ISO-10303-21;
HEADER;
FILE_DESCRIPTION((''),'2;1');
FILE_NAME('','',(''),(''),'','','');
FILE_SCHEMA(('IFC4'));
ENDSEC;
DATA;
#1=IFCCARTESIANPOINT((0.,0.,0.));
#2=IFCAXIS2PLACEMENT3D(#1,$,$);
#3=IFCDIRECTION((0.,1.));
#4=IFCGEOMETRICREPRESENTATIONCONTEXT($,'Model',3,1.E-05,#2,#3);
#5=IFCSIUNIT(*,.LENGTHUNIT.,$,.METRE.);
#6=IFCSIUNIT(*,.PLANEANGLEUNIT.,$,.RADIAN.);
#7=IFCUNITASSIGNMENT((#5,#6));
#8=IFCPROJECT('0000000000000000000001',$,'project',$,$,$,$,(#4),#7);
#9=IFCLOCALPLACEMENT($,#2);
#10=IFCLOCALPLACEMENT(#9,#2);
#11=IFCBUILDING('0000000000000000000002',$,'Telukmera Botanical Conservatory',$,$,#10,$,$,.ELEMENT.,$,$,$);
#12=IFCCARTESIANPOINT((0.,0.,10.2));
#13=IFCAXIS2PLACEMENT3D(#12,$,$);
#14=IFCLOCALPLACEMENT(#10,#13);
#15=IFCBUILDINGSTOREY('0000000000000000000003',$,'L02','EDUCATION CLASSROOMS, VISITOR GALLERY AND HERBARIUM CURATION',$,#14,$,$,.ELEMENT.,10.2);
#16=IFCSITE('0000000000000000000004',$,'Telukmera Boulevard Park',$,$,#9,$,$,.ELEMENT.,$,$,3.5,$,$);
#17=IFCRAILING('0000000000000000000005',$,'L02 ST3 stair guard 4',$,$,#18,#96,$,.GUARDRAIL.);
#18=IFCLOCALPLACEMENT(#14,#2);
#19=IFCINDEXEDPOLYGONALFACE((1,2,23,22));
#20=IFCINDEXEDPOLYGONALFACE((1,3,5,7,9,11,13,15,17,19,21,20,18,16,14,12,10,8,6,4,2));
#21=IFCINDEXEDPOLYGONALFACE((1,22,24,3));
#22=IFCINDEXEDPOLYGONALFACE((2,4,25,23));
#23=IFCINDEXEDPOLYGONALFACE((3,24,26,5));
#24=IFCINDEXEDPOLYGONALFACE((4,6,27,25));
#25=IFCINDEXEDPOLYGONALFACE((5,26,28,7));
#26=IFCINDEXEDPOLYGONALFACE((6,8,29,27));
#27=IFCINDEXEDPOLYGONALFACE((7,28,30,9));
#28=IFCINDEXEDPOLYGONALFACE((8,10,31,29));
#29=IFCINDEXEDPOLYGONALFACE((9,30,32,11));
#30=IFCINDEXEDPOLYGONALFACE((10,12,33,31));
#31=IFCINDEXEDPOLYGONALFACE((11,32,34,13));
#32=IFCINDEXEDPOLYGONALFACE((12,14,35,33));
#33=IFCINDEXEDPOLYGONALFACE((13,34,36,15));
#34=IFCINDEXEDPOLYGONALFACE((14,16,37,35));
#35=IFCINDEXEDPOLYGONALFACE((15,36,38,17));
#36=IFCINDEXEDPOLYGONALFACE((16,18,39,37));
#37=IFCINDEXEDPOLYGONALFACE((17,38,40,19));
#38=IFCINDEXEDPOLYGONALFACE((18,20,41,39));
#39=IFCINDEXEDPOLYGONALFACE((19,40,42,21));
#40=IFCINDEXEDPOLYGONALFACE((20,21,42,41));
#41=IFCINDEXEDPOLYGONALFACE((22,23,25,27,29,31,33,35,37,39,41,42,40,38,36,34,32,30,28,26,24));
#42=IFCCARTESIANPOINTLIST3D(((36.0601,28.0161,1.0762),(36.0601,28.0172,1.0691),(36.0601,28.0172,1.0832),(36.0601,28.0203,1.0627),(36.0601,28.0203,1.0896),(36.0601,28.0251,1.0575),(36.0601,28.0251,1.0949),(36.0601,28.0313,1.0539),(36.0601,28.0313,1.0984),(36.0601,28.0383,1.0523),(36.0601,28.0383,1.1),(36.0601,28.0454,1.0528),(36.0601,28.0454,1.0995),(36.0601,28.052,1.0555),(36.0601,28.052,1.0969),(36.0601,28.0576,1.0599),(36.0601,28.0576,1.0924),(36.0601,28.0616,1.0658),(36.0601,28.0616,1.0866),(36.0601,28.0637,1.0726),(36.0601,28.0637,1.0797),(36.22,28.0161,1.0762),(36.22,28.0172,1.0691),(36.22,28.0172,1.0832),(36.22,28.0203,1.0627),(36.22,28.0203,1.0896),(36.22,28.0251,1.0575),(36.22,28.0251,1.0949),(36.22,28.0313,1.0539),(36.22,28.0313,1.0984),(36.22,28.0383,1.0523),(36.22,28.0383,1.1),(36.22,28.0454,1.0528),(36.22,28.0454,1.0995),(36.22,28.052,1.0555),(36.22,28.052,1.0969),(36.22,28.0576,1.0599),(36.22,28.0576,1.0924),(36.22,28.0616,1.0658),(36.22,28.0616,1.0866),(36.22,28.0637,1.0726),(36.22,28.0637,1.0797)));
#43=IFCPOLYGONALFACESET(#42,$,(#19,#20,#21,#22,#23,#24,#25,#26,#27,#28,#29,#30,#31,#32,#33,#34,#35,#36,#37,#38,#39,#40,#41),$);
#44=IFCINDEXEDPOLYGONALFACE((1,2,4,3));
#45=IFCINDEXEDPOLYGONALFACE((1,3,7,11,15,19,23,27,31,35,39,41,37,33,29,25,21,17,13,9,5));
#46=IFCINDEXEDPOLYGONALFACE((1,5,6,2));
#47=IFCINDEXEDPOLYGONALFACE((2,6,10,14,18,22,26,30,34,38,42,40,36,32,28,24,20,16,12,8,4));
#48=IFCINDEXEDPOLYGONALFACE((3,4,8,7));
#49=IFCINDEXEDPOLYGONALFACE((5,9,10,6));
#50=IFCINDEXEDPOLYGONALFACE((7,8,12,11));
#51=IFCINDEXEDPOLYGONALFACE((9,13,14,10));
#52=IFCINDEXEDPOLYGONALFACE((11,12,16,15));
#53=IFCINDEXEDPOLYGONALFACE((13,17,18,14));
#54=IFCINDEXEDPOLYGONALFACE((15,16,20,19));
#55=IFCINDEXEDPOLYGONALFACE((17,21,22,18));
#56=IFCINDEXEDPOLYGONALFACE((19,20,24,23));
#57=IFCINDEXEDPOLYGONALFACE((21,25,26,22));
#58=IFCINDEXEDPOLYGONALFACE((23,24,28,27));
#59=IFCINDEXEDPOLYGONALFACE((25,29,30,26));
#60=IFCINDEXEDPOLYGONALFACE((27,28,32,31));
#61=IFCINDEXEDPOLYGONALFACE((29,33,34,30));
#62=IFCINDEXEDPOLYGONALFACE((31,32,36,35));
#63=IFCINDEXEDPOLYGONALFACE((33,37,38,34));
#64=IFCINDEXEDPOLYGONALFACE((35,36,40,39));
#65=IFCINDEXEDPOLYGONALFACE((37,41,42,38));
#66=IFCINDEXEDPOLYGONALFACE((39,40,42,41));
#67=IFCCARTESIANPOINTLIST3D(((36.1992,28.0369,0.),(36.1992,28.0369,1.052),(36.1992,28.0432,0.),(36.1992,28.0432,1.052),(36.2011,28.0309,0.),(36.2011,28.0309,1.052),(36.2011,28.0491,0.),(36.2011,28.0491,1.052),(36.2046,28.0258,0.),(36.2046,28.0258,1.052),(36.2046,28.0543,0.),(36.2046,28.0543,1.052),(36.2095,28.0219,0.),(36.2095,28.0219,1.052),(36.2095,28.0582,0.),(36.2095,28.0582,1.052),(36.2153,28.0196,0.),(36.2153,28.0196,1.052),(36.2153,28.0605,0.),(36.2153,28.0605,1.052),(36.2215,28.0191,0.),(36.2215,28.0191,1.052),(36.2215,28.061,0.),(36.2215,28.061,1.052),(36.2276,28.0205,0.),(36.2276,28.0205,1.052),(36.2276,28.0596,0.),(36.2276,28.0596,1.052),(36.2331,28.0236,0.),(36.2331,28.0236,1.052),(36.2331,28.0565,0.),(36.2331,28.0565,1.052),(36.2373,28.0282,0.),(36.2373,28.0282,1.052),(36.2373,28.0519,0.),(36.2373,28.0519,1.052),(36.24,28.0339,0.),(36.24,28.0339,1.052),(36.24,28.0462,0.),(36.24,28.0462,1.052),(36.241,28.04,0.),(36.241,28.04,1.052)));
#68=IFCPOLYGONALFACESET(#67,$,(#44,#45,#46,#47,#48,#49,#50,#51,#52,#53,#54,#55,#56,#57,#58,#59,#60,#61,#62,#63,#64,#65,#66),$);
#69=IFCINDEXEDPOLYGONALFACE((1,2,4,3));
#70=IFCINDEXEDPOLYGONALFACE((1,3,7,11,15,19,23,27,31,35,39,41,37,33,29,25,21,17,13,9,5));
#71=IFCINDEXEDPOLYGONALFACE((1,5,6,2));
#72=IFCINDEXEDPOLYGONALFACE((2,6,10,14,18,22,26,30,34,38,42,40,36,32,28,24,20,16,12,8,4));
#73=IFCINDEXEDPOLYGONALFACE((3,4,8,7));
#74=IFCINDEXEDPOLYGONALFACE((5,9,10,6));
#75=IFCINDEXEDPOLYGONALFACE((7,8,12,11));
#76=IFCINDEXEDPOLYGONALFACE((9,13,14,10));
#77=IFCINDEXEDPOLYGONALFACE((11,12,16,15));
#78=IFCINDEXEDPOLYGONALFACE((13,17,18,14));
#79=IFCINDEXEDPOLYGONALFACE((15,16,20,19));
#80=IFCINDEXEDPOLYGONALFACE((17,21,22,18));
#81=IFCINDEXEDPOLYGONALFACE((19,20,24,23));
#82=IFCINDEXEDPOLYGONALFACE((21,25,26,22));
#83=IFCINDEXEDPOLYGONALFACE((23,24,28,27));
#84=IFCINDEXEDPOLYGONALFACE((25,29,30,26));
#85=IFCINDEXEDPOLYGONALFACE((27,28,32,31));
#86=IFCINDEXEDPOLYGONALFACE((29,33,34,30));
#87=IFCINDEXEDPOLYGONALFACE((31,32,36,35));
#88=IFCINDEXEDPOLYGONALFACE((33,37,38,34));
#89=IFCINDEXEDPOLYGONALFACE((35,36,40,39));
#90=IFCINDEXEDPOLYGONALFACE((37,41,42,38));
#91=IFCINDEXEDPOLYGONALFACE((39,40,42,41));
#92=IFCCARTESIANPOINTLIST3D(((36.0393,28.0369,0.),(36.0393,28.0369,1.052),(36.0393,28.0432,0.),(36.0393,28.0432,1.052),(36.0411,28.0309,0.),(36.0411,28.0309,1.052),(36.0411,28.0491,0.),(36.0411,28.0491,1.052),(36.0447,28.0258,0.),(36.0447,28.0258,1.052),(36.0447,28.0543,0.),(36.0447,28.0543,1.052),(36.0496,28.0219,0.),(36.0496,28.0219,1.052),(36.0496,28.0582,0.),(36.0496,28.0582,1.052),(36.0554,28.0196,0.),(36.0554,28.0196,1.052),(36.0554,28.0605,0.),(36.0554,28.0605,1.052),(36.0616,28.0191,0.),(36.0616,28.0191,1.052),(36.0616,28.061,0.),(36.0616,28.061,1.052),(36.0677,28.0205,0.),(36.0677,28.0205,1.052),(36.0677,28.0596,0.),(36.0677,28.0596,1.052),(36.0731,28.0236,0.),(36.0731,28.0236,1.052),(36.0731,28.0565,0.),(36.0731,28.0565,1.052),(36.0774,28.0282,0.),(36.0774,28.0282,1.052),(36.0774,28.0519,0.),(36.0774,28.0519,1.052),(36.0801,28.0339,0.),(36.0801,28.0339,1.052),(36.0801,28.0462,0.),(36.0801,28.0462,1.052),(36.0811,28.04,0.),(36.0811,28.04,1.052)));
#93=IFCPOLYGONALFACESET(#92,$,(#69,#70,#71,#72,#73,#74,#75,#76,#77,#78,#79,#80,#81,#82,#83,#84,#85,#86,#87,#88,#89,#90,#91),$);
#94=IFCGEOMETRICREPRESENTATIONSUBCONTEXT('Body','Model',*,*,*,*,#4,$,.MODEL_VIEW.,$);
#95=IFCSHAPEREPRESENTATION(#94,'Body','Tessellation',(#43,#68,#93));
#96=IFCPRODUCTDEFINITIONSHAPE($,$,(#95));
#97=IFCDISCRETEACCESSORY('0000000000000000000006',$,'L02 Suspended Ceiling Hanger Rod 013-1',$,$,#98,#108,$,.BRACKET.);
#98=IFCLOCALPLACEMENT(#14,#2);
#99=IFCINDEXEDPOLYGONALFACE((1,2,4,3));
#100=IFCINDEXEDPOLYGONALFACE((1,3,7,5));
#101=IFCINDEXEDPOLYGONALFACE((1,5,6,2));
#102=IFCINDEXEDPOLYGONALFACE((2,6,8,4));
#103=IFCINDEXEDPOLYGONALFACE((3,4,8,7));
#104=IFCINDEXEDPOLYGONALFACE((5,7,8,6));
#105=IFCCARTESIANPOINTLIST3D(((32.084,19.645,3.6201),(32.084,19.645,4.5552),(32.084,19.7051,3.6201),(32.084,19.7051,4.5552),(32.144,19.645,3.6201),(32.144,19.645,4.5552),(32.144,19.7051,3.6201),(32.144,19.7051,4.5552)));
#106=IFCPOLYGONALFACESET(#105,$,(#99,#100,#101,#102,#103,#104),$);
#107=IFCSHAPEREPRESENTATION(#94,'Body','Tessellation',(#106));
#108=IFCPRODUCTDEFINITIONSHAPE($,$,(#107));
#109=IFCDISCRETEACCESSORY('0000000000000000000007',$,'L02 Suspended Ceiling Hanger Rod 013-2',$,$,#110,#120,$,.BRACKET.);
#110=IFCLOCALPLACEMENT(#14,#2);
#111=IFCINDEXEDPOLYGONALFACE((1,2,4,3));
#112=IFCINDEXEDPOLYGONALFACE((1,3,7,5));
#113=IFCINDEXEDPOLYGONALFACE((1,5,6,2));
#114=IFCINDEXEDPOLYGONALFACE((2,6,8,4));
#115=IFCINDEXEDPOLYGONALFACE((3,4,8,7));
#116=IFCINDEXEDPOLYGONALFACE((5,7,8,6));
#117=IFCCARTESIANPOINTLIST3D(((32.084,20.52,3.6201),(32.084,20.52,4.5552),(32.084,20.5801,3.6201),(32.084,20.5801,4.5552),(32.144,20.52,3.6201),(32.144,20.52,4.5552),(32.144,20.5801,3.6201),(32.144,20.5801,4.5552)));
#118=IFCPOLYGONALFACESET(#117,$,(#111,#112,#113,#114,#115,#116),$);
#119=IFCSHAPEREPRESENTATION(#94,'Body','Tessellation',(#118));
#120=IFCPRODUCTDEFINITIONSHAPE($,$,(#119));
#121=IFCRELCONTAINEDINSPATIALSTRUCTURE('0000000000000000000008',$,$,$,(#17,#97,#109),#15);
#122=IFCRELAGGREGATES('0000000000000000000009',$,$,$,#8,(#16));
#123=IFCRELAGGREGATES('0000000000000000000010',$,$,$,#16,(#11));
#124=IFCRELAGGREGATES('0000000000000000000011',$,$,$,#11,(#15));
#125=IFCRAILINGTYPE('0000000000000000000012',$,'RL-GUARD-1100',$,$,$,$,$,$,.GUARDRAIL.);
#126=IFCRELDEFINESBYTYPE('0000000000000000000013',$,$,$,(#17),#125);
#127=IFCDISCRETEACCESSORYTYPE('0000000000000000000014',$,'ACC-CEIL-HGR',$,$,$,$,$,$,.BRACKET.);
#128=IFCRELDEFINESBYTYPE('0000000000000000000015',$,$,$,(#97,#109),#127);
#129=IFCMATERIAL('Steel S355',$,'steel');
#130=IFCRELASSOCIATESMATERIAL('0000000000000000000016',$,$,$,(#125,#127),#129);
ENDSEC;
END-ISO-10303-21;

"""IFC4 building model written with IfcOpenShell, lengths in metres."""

from ifc_helpers import new_model, si_unit, direction, frame, origin, origin_2d, place, context, subcontext, project, spatial, rectangle, circle, extrude, material, type_object, element, save


model = new_model("IFC4")

# Units and contexts
model_context = context("Model", 3, precision=1e-05, world=origin(), true_north=direction((0.0, 1.0)))
body_context = subcontext(model_context, "Body", "Model", "MODEL_VIEW")
ifc_project = project(units=[si_unit("LENGTHUNIT", "METRE"), si_unit("PLANEANGLEUNIT", "RADIAN")], contexts=[model_context])

# Site, building, storey
site_placement = place(None, origin())
site = spatial("IfcSite", under=ifc_project, at=site_placement, Name="Telukmera Boulevard Park", CompositionType="ELEMENT", RefElevation=3.5)
building_placement = place(site_placement, origin())
building = spatial("IfcBuilding", under=site, at=building_placement, Name="Telukmera Botanical Conservatory", CompositionType="ELEMENT")
storey_placement = place(building_placement, frame((0.0, 0.0, 10.2)))
storey = spatial("IfcBuildingStorey", under=building, at=storey_placement, Name="L02", Description="EDUCATION CLASSROOMS, VISITOR GALLERY AND HERBARIUM CURATION", CompositionType="ELEMENT", Elevation=10.2)

# Railing
ifc_material_1 = material(Name="Steel S355", Category="steel")
railing_type = type_object("IfcRailingType", Name="RL-GUARD-1100", PredefinedType="GUARDRAIL", material=ifc_material_1)
railing_1_placement = place(storey_placement, frame((36.22, 28.04, 0.0)))
element("IfcRailing", 1, at=railing_1_placement, inside=storey, type_object=railing_type, Name="L02 ST3 stair guard 4", PredefinedType="GUARDRAIL", context=body_context, shape_type="SweptSolid", body=[
    extrude(circle(Radius=0.0239, at=origin_2d()), frame((0.0, 0.0, 1.0762), z_axis=(-1.0, 0.0, 0.0), x_axis=(0.0, -1.0, 0.0)), (0.0, 0.0, 1.0), 0.1599),
    extrude(circle(Radius=0.021, at=origin_2d()), origin(), (0.0, 0.0, 1.0), 1.052),
    extrude(circle(Radius=0.021, at=origin_2d()), frame((-0.1599, 0.0, 0.0)), (0.0, 0.0, 1.0), 1.052),
])

# Discrete accessories
discrete_accessory_type = type_object("IfcDiscreteAccessoryType", Name="ACC-CEIL-HGR", PredefinedType="BRACKET", material=ifc_material_1)
for number, where, z_axis, x_axis, name in (
    (2, (32.114, 19.675, 3.6201), (0.0, 0.0, 1.0), (1.0, 0.0, 0.0), "L02 Suspended Ceiling Hanger Rod 013-1"),
    (3, (32.114, 20.55, 3.6201), (0.0, 0.0, 1.0), (1.0, 0.0, 0.0), "L02 Suspended Ceiling Hanger Rod 013-2"),
):
    element("IfcDiscreteAccessory", number, at=place(storey_placement, frame(where, z_axis=z_axis, x_axis=x_axis)), inside=storey, type_object=discrete_accessory_type, Name=name, PredefinedType="BRACKET", context=body_context, shape_type="SweptSolid", body=[
        extrude(rectangle(XDim=0.0601, YDim=0.0601, at=origin_2d()), origin(), (0.0, 0.0, 1.0), 0.9351),
    ])

save(model, "model.ifc")
